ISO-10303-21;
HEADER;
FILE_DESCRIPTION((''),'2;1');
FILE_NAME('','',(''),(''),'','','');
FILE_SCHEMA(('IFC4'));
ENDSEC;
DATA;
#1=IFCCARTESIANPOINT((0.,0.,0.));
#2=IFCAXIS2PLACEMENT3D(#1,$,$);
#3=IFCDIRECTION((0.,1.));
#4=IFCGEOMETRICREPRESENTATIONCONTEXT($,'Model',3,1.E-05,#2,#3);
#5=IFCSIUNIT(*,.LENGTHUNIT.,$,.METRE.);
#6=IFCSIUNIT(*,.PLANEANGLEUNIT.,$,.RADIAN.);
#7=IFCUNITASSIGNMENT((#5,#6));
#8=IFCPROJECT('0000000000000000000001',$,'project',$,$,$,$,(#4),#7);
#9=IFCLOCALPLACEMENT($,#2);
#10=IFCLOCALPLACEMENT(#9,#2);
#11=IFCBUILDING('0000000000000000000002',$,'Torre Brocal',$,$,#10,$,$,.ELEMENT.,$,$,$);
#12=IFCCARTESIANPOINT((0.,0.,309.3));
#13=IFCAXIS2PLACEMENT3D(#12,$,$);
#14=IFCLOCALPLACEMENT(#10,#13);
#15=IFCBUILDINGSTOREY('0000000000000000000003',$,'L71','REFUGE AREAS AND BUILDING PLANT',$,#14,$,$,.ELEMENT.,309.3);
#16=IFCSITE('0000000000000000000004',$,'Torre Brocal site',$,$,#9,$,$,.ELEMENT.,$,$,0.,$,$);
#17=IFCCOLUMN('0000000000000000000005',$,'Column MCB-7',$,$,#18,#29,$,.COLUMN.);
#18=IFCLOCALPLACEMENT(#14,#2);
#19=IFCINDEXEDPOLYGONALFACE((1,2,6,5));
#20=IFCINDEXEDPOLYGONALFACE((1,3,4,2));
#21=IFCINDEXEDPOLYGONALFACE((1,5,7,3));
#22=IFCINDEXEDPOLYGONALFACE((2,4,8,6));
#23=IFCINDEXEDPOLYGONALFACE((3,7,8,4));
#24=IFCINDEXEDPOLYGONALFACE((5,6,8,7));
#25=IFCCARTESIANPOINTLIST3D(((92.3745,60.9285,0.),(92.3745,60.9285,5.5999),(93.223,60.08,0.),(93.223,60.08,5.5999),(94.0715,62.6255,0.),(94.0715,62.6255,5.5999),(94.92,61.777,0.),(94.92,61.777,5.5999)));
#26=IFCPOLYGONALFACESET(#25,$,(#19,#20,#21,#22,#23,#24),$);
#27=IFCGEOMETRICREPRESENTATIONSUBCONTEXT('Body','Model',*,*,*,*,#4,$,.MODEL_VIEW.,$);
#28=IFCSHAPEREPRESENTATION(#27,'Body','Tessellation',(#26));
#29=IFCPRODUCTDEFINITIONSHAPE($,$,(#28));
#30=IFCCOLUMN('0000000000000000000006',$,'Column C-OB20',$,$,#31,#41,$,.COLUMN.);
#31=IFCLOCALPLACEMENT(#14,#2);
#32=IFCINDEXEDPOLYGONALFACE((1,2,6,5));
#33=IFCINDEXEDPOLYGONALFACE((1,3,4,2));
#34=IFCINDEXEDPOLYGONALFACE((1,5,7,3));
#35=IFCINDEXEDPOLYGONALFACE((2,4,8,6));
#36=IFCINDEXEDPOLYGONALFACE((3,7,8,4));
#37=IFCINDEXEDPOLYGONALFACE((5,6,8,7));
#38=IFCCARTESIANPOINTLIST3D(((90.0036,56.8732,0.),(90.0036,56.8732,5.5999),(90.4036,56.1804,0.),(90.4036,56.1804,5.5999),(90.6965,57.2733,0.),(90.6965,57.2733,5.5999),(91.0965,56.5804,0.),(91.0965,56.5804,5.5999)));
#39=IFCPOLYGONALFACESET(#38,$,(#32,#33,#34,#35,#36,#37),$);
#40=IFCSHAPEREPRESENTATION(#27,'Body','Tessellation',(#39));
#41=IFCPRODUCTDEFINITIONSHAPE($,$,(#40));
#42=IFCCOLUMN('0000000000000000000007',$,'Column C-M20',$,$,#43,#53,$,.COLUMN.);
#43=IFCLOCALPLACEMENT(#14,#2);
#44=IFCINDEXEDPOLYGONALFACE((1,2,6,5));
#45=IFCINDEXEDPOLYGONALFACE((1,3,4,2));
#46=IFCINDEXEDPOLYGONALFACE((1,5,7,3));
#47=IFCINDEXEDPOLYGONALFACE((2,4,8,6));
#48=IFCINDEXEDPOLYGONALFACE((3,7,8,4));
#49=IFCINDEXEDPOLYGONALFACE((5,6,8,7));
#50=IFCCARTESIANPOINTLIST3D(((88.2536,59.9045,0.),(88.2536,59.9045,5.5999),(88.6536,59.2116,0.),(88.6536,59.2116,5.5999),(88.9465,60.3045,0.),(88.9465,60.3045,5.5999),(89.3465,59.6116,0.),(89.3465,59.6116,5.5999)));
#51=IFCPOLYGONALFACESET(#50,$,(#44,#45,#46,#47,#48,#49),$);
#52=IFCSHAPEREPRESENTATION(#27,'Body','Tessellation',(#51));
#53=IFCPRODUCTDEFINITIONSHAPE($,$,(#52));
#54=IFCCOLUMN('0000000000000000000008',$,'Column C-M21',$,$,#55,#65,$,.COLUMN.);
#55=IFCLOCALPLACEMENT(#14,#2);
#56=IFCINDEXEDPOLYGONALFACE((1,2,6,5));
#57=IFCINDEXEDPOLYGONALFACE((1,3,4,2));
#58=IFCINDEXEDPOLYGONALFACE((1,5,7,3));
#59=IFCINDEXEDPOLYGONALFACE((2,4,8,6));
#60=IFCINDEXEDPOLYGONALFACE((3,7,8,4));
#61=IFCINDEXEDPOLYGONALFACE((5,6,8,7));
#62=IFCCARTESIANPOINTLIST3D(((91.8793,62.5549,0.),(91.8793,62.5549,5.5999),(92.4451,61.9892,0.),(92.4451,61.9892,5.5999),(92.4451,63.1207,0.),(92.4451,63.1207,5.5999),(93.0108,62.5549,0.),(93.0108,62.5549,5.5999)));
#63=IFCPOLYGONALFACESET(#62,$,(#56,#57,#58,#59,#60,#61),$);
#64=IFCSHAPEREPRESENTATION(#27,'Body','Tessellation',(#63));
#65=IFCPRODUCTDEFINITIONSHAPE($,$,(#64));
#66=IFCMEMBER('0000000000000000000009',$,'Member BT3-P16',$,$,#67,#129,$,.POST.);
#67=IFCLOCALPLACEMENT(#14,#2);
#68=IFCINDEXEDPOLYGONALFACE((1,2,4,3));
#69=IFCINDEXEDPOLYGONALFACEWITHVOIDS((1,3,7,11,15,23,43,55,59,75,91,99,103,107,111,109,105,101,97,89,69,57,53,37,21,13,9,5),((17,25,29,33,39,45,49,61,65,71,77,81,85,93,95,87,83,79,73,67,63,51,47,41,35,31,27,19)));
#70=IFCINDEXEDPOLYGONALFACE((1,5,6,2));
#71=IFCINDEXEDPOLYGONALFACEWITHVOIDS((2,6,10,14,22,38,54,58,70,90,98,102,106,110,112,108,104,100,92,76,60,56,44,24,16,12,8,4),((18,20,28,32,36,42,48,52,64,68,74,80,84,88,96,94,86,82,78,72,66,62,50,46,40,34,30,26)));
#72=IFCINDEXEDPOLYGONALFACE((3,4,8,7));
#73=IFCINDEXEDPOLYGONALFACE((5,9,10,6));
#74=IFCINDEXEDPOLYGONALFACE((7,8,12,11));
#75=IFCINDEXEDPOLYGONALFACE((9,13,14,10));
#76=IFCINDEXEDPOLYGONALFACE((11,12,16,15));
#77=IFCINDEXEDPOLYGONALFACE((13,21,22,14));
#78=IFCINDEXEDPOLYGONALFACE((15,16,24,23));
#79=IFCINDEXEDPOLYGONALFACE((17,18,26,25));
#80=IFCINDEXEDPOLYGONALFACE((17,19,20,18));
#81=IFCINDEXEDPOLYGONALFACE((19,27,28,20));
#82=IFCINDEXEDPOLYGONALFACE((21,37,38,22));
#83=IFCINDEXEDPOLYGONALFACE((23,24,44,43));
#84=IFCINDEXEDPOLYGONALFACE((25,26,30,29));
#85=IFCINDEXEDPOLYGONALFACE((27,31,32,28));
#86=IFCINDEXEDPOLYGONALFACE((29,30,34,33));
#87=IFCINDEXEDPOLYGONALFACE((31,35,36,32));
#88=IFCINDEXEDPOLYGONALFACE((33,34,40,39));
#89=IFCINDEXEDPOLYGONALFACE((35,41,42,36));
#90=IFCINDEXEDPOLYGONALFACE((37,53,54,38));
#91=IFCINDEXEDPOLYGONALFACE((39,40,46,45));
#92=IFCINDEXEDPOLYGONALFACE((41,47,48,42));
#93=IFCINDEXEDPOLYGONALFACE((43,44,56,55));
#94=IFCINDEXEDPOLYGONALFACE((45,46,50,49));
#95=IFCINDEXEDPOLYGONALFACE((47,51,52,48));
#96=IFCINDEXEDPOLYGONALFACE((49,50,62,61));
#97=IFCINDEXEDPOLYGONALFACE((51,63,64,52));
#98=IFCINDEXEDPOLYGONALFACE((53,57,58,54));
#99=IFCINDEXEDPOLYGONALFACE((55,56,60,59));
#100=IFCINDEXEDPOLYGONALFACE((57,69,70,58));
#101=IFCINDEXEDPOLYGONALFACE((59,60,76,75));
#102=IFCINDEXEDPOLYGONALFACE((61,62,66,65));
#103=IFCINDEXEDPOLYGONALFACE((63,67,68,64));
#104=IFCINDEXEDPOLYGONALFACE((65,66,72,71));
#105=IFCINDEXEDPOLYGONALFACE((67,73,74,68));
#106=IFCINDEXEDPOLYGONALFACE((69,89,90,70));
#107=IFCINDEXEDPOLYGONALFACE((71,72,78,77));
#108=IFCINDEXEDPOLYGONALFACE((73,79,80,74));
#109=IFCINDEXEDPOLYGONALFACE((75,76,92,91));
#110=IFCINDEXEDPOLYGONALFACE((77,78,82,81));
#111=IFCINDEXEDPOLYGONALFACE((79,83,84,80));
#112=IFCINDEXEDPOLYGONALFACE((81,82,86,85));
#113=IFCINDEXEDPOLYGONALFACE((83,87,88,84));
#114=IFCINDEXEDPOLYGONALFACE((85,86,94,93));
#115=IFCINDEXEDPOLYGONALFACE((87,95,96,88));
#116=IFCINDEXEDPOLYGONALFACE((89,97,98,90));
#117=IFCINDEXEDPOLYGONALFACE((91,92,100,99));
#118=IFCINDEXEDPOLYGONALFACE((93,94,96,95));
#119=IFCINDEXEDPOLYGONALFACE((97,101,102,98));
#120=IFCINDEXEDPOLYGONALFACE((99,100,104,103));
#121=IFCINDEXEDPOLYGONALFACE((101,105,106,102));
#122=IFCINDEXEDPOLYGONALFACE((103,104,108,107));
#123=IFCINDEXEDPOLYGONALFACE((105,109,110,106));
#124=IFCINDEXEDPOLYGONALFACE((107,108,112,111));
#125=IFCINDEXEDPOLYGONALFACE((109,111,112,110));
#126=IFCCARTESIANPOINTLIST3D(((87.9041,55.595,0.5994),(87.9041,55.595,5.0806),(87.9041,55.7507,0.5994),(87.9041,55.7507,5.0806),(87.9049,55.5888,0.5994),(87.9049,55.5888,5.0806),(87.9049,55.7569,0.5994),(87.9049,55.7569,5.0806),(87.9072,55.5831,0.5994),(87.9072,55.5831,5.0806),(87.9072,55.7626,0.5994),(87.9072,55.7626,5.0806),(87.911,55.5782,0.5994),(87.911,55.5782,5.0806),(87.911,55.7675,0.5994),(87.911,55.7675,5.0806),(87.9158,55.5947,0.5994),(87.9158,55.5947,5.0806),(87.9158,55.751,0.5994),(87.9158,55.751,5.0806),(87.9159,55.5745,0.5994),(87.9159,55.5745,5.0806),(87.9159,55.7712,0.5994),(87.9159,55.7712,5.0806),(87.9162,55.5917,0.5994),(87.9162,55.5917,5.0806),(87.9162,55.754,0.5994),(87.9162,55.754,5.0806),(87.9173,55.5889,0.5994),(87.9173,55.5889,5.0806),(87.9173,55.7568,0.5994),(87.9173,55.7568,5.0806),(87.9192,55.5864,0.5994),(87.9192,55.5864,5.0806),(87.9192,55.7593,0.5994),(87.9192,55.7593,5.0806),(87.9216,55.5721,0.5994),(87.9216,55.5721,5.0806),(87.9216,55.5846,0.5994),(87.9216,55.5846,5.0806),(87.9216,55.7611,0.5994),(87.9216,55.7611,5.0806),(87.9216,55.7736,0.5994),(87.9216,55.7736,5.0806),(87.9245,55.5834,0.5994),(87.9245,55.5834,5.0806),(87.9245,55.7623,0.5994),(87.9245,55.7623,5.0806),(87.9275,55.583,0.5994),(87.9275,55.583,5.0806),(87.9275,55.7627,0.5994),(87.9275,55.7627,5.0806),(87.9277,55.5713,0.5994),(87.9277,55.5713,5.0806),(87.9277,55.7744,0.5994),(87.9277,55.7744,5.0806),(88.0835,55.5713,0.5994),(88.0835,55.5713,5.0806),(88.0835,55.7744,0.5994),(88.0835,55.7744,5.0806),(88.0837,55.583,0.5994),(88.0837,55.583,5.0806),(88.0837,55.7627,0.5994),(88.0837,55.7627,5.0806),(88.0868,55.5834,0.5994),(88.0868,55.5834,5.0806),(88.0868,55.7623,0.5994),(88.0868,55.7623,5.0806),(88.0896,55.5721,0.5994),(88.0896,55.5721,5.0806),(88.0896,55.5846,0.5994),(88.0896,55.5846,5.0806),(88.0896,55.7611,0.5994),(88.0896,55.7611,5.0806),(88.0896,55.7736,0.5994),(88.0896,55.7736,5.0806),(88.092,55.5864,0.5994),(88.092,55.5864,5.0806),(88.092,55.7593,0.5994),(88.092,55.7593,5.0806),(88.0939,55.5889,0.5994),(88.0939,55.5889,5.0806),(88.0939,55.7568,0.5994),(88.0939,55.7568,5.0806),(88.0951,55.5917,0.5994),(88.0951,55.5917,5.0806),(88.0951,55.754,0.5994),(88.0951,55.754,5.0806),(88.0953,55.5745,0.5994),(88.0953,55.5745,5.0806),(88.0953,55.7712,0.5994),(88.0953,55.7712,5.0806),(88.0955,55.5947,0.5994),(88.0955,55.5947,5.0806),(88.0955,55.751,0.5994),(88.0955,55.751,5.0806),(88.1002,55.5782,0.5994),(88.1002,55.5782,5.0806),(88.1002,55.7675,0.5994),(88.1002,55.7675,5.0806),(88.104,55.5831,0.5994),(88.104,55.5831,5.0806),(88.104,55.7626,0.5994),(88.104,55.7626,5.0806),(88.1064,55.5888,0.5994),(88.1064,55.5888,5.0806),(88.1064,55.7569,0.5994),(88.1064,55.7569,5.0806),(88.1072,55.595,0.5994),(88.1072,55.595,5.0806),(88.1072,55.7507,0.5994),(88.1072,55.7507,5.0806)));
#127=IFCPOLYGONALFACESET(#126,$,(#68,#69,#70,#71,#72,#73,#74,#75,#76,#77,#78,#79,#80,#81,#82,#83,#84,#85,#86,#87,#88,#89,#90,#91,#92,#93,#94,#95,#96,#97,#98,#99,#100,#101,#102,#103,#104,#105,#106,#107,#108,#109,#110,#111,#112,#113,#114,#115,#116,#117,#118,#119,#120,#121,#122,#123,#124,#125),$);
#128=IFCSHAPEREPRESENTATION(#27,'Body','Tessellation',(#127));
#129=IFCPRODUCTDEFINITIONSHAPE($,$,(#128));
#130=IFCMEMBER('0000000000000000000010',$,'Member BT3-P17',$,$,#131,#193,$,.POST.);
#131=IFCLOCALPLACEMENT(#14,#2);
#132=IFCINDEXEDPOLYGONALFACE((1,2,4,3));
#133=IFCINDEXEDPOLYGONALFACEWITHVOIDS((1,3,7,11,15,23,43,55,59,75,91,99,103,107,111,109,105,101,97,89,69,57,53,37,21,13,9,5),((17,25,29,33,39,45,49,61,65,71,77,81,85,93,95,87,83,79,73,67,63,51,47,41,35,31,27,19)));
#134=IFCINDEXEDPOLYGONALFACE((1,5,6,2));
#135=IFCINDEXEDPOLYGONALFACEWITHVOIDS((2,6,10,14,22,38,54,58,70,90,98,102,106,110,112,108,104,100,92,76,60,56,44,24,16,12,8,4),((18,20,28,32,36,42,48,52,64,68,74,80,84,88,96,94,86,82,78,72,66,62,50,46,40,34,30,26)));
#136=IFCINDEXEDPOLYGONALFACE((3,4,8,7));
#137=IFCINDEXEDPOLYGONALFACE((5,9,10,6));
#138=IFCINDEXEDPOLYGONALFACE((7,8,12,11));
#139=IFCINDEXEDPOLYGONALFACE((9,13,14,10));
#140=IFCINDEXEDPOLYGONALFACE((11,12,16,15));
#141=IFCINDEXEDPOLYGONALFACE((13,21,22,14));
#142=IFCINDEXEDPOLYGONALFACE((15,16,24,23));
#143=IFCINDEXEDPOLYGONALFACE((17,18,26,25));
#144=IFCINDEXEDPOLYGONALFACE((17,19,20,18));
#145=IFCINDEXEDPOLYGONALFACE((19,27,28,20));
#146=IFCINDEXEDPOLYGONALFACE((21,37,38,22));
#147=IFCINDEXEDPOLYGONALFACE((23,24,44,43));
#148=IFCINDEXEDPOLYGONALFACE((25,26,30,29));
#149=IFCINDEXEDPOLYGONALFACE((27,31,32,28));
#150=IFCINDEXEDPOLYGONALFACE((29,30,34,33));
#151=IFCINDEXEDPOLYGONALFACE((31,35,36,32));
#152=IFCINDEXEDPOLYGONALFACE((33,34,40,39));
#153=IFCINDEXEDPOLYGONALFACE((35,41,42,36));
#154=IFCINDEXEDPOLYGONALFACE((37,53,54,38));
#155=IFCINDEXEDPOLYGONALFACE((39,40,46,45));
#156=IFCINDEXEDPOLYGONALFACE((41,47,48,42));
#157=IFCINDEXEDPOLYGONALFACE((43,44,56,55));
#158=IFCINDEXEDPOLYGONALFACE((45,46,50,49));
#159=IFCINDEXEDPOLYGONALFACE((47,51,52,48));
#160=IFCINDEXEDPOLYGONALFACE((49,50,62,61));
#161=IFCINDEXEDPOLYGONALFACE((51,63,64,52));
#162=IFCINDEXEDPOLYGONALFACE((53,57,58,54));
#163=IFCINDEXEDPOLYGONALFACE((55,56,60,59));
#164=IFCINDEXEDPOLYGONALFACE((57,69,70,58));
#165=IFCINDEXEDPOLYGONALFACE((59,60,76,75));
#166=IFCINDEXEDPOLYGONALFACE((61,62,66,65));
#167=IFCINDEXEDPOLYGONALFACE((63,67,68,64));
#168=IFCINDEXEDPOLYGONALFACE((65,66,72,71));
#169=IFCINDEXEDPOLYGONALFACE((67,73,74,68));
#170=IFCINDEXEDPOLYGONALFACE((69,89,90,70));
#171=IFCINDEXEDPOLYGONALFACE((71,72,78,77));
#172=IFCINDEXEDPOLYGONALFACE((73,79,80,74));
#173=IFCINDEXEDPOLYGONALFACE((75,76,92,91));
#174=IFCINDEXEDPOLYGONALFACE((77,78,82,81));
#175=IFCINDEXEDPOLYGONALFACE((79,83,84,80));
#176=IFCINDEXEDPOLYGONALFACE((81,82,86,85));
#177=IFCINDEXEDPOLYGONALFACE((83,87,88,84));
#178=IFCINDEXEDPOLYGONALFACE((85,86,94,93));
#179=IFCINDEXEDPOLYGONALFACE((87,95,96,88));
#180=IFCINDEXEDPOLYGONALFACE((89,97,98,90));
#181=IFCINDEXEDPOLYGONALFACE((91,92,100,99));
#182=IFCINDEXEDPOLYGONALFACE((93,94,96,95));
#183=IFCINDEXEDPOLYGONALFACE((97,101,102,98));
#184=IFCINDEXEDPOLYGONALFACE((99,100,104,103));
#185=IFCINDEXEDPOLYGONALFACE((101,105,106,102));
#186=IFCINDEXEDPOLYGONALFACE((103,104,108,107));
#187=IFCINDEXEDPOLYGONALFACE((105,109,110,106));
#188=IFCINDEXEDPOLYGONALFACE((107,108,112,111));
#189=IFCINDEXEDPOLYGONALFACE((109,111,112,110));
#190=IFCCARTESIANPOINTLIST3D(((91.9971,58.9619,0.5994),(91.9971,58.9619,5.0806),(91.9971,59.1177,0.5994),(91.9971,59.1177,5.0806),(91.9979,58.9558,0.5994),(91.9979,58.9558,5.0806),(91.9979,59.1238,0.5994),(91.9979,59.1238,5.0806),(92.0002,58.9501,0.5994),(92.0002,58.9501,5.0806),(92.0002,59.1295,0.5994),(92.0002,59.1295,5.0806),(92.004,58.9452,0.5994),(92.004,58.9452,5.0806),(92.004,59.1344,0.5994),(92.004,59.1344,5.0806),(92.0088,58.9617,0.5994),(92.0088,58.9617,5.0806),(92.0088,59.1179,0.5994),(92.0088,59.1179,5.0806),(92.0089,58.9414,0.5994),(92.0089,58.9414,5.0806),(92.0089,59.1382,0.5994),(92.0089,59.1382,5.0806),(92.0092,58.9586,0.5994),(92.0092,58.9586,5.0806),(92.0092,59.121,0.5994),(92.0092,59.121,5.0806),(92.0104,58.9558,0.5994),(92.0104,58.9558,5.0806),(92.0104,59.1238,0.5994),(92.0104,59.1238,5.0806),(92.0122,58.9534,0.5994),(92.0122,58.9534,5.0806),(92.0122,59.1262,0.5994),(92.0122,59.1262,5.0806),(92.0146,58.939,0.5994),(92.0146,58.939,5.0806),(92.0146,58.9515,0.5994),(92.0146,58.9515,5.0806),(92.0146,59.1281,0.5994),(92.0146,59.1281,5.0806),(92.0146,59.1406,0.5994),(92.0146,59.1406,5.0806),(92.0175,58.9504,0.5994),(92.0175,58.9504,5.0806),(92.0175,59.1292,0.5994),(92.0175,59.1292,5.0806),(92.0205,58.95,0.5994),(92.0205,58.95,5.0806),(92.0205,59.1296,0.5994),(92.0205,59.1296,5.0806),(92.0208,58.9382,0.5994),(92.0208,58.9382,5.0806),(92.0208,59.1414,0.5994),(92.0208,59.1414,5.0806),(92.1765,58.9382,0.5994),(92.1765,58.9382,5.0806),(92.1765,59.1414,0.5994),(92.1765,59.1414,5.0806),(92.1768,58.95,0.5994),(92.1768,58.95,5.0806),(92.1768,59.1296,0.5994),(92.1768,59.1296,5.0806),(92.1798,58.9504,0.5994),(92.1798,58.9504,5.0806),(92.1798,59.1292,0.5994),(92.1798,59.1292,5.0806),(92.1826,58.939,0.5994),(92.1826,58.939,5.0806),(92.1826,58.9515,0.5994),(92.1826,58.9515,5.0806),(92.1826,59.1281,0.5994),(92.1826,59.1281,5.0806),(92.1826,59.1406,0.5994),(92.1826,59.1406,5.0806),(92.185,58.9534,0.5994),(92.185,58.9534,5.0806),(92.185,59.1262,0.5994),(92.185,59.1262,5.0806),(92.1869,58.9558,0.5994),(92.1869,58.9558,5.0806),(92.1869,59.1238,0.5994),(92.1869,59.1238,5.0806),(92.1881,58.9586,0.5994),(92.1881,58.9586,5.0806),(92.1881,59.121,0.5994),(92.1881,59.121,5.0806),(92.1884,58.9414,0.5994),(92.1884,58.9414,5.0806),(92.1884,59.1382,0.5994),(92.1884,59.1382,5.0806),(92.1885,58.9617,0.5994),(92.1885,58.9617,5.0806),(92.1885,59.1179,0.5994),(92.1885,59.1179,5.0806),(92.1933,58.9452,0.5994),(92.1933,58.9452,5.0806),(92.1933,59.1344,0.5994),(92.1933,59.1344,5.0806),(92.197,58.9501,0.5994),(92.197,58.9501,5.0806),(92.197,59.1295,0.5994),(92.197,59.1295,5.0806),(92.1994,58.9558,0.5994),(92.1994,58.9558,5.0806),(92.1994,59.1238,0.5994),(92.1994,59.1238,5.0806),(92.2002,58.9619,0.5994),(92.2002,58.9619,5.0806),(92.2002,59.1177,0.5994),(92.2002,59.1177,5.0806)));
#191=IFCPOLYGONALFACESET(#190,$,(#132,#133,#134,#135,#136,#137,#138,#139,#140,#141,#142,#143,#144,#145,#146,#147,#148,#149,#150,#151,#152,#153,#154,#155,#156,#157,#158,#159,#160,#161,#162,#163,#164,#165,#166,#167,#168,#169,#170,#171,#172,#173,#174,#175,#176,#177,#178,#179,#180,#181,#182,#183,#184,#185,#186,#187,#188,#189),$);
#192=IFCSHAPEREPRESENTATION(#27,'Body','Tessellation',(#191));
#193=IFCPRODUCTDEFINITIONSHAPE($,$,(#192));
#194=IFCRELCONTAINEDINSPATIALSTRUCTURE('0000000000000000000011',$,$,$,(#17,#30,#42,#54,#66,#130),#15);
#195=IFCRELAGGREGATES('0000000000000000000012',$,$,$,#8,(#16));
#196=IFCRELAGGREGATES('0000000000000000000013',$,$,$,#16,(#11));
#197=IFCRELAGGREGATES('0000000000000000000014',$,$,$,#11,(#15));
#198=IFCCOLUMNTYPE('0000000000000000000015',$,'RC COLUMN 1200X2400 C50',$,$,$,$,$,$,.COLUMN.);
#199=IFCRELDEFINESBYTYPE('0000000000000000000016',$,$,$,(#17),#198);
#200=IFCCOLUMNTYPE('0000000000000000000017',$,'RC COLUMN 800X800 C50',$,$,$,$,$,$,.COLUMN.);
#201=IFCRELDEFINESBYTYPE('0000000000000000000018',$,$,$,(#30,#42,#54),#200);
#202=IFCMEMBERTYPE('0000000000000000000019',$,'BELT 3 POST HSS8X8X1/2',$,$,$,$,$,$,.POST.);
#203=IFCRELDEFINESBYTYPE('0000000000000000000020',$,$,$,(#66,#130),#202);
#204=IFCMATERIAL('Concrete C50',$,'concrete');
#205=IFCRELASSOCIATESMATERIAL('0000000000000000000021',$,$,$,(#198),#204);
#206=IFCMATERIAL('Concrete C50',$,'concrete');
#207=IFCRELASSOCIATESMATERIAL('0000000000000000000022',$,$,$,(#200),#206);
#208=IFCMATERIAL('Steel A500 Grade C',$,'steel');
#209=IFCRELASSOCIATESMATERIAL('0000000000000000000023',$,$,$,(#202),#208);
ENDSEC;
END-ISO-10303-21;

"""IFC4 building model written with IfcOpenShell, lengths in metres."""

from ifc_helpers import new_model, si_unit, direction, frame, origin, origin_2d, place, context, subcontext, project, spatial, rectangle, hollow_rectangle, extrude, material, material_profile, profile_set, type_object, element, save


model = new_model("IFC4")

# Units and contexts
model_context = context("Model", 3, precision=1e-05, world=origin(), true_north=direction((0.0, 1.0)))
body_context = subcontext(model_context, "Body", "Model", "MODEL_VIEW")
ifc_project = project(units=[si_unit("LENGTHUNIT", "METRE"), si_unit("PLANEANGLEUNIT", "RADIAN")], contexts=[model_context])

# Site, building, storey
site_placement = place(None, origin())
site = spatial("IfcSite", under=ifc_project, at=site_placement, Name="Torre Brocal site", CompositionType="ELEMENT", RefElevation=0.0)
building_placement = place(site_placement, origin())
building = spatial("IfcBuilding", under=site, at=building_placement, Name="Torre Brocal", CompositionType="ELEMENT")
storey_placement = place(building_placement, frame((0.0, 0.0, 309.3)))
storey = spatial("IfcBuildingStorey", under=building, at=storey_placement, Name="L71", Description="REFUGE AREAS AND BUILDING PLANT", CompositionType="ELEMENT", Elevation=309.3)

# Columns
ifc_material_1 = material(Name="Concrete C50", Category="concrete")
ifc_material_profile_1 = material_profile(ifc_material_1, rectangle(XDim=1.2, YDim=2.3999, at=origin_2d()), Name="RC 1200X2400")
ifc_profile_set_1 = profile_set([ifc_material_profile_1], Name="Concrete C50")
column_type_1 = type_object("IfcColumnType", Name="RC COLUMN 1200X2400 C50", PredefinedType="COLUMN", material=ifc_profile_set_1)
column_placement = place(storey_placement, frame((93.6472, 61.3528, 0.0), z_axis=(0.0, 0.0, 1.0), x_axis=(0.707107, -0.707107, 0.0)))
element("IfcColumn", 1, at=column_placement, inside=storey, type_object=column_type_1, Name="Column MCB-7", PredefinedType="COLUMN", context=body_context, shape_type="SweptSolid", body=[
    extrude(rectangle(XDim=1.2, YDim=2.3999, at=origin_2d()), origin(), (0.0, 0.0, 1.0), 5.5999),
])
ifc_material_2 = material(Name="Concrete C50", Category="concrete")
ifc_material_profile_2 = material_profile(ifc_material_2, rectangle(XDim=0.8, YDim=0.8, at=origin_2d()), Name="RC 800X800")
ifc_profile_set_2 = profile_set([ifc_material_profile_2], Name="Concrete C50")
column_type_2 = type_object("IfcColumnType", Name="RC COLUMN 800X800 C50", PredefinedType="COLUMN", material=ifc_profile_set_2)
for number, where, z_axis, x_axis, name in (
    (2, (90.55, 56.7268, 0.0), (0.0, 0.0, 1.0), (0.5, -0.866025, 0.0), "Column C-OB20"),
    (3, (88.8, 59.7581, 0.0), (0.0, 0.0, 1.0), (0.5, -0.866025, 0.0), "Column C-M20"),
    (4, (92.4451, 62.5549, 0.0), (0.0, 0.0, 1.0), (0.707107, -0.707107, 0.0), "Column C-M21"),
):
    element("IfcColumn", number, at=place(storey_placement, frame(where, z_axis=z_axis, x_axis=x_axis)), inside=storey, type_object=column_type_2, Name=name, PredefinedType="COLUMN", context=body_context, shape_type="SweptSolid", body=[
        extrude(rectangle(XDim=0.8, YDim=0.8, at=origin_2d()), origin(), (0.0, 0.0, 1.0), 5.5999),
    ])

# Members
ifc_material_3 = material(Name="Steel A500 Grade C", Category="steel")
ifc_material_profile_3 = material_profile(ifc_material_3, hollow_rectangle(XDim=0.2031, YDim=0.2031, WallThickness=0.0117, InnerFilletRadius=0.0117, OuterFilletRadius=0.0237, at=origin_2d()), Name="HSS8X8X1/2")
ifc_profile_set_3 = profile_set([ifc_material_profile_3], Name="Steel A500 Grade C")
member_type_1 = type_object("IfcMemberType", Name="BELT 3 POST HSS8X8X1/2", PredefinedType="POST", material=ifc_profile_set_3)
for number, where, z_axis, x_axis, name in (
    (5, (88.0056, 55.6729, 0.5994), (0.0, 0.0, 1.0), (1.0, 0.0, 0.0), "Member BT3-P16"),
    (6, (92.0986, 59.0398, 0.5994), (0.0, 0.0, 1.0), (1.0, 0.0, 0.0), "Member BT3-P17"),
):
    element("IfcMember", number, at=place(storey_placement, frame(where, z_axis=z_axis, x_axis=x_axis)), inside=storey, type_object=member_type_1, Name=name, PredefinedType="POST", context=body_context, shape_type="SweptSolid", body=[
        extrude(hollow_rectangle(XDim=0.2031, YDim=0.2031, WallThickness=0.0117, InnerFilletRadius=0.0117, OuterFilletRadius=0.0237, at=origin_2d()), origin(), (0.0, 0.0, 1.0), 4.4812),
    ])

save(model, "model.ifc")
